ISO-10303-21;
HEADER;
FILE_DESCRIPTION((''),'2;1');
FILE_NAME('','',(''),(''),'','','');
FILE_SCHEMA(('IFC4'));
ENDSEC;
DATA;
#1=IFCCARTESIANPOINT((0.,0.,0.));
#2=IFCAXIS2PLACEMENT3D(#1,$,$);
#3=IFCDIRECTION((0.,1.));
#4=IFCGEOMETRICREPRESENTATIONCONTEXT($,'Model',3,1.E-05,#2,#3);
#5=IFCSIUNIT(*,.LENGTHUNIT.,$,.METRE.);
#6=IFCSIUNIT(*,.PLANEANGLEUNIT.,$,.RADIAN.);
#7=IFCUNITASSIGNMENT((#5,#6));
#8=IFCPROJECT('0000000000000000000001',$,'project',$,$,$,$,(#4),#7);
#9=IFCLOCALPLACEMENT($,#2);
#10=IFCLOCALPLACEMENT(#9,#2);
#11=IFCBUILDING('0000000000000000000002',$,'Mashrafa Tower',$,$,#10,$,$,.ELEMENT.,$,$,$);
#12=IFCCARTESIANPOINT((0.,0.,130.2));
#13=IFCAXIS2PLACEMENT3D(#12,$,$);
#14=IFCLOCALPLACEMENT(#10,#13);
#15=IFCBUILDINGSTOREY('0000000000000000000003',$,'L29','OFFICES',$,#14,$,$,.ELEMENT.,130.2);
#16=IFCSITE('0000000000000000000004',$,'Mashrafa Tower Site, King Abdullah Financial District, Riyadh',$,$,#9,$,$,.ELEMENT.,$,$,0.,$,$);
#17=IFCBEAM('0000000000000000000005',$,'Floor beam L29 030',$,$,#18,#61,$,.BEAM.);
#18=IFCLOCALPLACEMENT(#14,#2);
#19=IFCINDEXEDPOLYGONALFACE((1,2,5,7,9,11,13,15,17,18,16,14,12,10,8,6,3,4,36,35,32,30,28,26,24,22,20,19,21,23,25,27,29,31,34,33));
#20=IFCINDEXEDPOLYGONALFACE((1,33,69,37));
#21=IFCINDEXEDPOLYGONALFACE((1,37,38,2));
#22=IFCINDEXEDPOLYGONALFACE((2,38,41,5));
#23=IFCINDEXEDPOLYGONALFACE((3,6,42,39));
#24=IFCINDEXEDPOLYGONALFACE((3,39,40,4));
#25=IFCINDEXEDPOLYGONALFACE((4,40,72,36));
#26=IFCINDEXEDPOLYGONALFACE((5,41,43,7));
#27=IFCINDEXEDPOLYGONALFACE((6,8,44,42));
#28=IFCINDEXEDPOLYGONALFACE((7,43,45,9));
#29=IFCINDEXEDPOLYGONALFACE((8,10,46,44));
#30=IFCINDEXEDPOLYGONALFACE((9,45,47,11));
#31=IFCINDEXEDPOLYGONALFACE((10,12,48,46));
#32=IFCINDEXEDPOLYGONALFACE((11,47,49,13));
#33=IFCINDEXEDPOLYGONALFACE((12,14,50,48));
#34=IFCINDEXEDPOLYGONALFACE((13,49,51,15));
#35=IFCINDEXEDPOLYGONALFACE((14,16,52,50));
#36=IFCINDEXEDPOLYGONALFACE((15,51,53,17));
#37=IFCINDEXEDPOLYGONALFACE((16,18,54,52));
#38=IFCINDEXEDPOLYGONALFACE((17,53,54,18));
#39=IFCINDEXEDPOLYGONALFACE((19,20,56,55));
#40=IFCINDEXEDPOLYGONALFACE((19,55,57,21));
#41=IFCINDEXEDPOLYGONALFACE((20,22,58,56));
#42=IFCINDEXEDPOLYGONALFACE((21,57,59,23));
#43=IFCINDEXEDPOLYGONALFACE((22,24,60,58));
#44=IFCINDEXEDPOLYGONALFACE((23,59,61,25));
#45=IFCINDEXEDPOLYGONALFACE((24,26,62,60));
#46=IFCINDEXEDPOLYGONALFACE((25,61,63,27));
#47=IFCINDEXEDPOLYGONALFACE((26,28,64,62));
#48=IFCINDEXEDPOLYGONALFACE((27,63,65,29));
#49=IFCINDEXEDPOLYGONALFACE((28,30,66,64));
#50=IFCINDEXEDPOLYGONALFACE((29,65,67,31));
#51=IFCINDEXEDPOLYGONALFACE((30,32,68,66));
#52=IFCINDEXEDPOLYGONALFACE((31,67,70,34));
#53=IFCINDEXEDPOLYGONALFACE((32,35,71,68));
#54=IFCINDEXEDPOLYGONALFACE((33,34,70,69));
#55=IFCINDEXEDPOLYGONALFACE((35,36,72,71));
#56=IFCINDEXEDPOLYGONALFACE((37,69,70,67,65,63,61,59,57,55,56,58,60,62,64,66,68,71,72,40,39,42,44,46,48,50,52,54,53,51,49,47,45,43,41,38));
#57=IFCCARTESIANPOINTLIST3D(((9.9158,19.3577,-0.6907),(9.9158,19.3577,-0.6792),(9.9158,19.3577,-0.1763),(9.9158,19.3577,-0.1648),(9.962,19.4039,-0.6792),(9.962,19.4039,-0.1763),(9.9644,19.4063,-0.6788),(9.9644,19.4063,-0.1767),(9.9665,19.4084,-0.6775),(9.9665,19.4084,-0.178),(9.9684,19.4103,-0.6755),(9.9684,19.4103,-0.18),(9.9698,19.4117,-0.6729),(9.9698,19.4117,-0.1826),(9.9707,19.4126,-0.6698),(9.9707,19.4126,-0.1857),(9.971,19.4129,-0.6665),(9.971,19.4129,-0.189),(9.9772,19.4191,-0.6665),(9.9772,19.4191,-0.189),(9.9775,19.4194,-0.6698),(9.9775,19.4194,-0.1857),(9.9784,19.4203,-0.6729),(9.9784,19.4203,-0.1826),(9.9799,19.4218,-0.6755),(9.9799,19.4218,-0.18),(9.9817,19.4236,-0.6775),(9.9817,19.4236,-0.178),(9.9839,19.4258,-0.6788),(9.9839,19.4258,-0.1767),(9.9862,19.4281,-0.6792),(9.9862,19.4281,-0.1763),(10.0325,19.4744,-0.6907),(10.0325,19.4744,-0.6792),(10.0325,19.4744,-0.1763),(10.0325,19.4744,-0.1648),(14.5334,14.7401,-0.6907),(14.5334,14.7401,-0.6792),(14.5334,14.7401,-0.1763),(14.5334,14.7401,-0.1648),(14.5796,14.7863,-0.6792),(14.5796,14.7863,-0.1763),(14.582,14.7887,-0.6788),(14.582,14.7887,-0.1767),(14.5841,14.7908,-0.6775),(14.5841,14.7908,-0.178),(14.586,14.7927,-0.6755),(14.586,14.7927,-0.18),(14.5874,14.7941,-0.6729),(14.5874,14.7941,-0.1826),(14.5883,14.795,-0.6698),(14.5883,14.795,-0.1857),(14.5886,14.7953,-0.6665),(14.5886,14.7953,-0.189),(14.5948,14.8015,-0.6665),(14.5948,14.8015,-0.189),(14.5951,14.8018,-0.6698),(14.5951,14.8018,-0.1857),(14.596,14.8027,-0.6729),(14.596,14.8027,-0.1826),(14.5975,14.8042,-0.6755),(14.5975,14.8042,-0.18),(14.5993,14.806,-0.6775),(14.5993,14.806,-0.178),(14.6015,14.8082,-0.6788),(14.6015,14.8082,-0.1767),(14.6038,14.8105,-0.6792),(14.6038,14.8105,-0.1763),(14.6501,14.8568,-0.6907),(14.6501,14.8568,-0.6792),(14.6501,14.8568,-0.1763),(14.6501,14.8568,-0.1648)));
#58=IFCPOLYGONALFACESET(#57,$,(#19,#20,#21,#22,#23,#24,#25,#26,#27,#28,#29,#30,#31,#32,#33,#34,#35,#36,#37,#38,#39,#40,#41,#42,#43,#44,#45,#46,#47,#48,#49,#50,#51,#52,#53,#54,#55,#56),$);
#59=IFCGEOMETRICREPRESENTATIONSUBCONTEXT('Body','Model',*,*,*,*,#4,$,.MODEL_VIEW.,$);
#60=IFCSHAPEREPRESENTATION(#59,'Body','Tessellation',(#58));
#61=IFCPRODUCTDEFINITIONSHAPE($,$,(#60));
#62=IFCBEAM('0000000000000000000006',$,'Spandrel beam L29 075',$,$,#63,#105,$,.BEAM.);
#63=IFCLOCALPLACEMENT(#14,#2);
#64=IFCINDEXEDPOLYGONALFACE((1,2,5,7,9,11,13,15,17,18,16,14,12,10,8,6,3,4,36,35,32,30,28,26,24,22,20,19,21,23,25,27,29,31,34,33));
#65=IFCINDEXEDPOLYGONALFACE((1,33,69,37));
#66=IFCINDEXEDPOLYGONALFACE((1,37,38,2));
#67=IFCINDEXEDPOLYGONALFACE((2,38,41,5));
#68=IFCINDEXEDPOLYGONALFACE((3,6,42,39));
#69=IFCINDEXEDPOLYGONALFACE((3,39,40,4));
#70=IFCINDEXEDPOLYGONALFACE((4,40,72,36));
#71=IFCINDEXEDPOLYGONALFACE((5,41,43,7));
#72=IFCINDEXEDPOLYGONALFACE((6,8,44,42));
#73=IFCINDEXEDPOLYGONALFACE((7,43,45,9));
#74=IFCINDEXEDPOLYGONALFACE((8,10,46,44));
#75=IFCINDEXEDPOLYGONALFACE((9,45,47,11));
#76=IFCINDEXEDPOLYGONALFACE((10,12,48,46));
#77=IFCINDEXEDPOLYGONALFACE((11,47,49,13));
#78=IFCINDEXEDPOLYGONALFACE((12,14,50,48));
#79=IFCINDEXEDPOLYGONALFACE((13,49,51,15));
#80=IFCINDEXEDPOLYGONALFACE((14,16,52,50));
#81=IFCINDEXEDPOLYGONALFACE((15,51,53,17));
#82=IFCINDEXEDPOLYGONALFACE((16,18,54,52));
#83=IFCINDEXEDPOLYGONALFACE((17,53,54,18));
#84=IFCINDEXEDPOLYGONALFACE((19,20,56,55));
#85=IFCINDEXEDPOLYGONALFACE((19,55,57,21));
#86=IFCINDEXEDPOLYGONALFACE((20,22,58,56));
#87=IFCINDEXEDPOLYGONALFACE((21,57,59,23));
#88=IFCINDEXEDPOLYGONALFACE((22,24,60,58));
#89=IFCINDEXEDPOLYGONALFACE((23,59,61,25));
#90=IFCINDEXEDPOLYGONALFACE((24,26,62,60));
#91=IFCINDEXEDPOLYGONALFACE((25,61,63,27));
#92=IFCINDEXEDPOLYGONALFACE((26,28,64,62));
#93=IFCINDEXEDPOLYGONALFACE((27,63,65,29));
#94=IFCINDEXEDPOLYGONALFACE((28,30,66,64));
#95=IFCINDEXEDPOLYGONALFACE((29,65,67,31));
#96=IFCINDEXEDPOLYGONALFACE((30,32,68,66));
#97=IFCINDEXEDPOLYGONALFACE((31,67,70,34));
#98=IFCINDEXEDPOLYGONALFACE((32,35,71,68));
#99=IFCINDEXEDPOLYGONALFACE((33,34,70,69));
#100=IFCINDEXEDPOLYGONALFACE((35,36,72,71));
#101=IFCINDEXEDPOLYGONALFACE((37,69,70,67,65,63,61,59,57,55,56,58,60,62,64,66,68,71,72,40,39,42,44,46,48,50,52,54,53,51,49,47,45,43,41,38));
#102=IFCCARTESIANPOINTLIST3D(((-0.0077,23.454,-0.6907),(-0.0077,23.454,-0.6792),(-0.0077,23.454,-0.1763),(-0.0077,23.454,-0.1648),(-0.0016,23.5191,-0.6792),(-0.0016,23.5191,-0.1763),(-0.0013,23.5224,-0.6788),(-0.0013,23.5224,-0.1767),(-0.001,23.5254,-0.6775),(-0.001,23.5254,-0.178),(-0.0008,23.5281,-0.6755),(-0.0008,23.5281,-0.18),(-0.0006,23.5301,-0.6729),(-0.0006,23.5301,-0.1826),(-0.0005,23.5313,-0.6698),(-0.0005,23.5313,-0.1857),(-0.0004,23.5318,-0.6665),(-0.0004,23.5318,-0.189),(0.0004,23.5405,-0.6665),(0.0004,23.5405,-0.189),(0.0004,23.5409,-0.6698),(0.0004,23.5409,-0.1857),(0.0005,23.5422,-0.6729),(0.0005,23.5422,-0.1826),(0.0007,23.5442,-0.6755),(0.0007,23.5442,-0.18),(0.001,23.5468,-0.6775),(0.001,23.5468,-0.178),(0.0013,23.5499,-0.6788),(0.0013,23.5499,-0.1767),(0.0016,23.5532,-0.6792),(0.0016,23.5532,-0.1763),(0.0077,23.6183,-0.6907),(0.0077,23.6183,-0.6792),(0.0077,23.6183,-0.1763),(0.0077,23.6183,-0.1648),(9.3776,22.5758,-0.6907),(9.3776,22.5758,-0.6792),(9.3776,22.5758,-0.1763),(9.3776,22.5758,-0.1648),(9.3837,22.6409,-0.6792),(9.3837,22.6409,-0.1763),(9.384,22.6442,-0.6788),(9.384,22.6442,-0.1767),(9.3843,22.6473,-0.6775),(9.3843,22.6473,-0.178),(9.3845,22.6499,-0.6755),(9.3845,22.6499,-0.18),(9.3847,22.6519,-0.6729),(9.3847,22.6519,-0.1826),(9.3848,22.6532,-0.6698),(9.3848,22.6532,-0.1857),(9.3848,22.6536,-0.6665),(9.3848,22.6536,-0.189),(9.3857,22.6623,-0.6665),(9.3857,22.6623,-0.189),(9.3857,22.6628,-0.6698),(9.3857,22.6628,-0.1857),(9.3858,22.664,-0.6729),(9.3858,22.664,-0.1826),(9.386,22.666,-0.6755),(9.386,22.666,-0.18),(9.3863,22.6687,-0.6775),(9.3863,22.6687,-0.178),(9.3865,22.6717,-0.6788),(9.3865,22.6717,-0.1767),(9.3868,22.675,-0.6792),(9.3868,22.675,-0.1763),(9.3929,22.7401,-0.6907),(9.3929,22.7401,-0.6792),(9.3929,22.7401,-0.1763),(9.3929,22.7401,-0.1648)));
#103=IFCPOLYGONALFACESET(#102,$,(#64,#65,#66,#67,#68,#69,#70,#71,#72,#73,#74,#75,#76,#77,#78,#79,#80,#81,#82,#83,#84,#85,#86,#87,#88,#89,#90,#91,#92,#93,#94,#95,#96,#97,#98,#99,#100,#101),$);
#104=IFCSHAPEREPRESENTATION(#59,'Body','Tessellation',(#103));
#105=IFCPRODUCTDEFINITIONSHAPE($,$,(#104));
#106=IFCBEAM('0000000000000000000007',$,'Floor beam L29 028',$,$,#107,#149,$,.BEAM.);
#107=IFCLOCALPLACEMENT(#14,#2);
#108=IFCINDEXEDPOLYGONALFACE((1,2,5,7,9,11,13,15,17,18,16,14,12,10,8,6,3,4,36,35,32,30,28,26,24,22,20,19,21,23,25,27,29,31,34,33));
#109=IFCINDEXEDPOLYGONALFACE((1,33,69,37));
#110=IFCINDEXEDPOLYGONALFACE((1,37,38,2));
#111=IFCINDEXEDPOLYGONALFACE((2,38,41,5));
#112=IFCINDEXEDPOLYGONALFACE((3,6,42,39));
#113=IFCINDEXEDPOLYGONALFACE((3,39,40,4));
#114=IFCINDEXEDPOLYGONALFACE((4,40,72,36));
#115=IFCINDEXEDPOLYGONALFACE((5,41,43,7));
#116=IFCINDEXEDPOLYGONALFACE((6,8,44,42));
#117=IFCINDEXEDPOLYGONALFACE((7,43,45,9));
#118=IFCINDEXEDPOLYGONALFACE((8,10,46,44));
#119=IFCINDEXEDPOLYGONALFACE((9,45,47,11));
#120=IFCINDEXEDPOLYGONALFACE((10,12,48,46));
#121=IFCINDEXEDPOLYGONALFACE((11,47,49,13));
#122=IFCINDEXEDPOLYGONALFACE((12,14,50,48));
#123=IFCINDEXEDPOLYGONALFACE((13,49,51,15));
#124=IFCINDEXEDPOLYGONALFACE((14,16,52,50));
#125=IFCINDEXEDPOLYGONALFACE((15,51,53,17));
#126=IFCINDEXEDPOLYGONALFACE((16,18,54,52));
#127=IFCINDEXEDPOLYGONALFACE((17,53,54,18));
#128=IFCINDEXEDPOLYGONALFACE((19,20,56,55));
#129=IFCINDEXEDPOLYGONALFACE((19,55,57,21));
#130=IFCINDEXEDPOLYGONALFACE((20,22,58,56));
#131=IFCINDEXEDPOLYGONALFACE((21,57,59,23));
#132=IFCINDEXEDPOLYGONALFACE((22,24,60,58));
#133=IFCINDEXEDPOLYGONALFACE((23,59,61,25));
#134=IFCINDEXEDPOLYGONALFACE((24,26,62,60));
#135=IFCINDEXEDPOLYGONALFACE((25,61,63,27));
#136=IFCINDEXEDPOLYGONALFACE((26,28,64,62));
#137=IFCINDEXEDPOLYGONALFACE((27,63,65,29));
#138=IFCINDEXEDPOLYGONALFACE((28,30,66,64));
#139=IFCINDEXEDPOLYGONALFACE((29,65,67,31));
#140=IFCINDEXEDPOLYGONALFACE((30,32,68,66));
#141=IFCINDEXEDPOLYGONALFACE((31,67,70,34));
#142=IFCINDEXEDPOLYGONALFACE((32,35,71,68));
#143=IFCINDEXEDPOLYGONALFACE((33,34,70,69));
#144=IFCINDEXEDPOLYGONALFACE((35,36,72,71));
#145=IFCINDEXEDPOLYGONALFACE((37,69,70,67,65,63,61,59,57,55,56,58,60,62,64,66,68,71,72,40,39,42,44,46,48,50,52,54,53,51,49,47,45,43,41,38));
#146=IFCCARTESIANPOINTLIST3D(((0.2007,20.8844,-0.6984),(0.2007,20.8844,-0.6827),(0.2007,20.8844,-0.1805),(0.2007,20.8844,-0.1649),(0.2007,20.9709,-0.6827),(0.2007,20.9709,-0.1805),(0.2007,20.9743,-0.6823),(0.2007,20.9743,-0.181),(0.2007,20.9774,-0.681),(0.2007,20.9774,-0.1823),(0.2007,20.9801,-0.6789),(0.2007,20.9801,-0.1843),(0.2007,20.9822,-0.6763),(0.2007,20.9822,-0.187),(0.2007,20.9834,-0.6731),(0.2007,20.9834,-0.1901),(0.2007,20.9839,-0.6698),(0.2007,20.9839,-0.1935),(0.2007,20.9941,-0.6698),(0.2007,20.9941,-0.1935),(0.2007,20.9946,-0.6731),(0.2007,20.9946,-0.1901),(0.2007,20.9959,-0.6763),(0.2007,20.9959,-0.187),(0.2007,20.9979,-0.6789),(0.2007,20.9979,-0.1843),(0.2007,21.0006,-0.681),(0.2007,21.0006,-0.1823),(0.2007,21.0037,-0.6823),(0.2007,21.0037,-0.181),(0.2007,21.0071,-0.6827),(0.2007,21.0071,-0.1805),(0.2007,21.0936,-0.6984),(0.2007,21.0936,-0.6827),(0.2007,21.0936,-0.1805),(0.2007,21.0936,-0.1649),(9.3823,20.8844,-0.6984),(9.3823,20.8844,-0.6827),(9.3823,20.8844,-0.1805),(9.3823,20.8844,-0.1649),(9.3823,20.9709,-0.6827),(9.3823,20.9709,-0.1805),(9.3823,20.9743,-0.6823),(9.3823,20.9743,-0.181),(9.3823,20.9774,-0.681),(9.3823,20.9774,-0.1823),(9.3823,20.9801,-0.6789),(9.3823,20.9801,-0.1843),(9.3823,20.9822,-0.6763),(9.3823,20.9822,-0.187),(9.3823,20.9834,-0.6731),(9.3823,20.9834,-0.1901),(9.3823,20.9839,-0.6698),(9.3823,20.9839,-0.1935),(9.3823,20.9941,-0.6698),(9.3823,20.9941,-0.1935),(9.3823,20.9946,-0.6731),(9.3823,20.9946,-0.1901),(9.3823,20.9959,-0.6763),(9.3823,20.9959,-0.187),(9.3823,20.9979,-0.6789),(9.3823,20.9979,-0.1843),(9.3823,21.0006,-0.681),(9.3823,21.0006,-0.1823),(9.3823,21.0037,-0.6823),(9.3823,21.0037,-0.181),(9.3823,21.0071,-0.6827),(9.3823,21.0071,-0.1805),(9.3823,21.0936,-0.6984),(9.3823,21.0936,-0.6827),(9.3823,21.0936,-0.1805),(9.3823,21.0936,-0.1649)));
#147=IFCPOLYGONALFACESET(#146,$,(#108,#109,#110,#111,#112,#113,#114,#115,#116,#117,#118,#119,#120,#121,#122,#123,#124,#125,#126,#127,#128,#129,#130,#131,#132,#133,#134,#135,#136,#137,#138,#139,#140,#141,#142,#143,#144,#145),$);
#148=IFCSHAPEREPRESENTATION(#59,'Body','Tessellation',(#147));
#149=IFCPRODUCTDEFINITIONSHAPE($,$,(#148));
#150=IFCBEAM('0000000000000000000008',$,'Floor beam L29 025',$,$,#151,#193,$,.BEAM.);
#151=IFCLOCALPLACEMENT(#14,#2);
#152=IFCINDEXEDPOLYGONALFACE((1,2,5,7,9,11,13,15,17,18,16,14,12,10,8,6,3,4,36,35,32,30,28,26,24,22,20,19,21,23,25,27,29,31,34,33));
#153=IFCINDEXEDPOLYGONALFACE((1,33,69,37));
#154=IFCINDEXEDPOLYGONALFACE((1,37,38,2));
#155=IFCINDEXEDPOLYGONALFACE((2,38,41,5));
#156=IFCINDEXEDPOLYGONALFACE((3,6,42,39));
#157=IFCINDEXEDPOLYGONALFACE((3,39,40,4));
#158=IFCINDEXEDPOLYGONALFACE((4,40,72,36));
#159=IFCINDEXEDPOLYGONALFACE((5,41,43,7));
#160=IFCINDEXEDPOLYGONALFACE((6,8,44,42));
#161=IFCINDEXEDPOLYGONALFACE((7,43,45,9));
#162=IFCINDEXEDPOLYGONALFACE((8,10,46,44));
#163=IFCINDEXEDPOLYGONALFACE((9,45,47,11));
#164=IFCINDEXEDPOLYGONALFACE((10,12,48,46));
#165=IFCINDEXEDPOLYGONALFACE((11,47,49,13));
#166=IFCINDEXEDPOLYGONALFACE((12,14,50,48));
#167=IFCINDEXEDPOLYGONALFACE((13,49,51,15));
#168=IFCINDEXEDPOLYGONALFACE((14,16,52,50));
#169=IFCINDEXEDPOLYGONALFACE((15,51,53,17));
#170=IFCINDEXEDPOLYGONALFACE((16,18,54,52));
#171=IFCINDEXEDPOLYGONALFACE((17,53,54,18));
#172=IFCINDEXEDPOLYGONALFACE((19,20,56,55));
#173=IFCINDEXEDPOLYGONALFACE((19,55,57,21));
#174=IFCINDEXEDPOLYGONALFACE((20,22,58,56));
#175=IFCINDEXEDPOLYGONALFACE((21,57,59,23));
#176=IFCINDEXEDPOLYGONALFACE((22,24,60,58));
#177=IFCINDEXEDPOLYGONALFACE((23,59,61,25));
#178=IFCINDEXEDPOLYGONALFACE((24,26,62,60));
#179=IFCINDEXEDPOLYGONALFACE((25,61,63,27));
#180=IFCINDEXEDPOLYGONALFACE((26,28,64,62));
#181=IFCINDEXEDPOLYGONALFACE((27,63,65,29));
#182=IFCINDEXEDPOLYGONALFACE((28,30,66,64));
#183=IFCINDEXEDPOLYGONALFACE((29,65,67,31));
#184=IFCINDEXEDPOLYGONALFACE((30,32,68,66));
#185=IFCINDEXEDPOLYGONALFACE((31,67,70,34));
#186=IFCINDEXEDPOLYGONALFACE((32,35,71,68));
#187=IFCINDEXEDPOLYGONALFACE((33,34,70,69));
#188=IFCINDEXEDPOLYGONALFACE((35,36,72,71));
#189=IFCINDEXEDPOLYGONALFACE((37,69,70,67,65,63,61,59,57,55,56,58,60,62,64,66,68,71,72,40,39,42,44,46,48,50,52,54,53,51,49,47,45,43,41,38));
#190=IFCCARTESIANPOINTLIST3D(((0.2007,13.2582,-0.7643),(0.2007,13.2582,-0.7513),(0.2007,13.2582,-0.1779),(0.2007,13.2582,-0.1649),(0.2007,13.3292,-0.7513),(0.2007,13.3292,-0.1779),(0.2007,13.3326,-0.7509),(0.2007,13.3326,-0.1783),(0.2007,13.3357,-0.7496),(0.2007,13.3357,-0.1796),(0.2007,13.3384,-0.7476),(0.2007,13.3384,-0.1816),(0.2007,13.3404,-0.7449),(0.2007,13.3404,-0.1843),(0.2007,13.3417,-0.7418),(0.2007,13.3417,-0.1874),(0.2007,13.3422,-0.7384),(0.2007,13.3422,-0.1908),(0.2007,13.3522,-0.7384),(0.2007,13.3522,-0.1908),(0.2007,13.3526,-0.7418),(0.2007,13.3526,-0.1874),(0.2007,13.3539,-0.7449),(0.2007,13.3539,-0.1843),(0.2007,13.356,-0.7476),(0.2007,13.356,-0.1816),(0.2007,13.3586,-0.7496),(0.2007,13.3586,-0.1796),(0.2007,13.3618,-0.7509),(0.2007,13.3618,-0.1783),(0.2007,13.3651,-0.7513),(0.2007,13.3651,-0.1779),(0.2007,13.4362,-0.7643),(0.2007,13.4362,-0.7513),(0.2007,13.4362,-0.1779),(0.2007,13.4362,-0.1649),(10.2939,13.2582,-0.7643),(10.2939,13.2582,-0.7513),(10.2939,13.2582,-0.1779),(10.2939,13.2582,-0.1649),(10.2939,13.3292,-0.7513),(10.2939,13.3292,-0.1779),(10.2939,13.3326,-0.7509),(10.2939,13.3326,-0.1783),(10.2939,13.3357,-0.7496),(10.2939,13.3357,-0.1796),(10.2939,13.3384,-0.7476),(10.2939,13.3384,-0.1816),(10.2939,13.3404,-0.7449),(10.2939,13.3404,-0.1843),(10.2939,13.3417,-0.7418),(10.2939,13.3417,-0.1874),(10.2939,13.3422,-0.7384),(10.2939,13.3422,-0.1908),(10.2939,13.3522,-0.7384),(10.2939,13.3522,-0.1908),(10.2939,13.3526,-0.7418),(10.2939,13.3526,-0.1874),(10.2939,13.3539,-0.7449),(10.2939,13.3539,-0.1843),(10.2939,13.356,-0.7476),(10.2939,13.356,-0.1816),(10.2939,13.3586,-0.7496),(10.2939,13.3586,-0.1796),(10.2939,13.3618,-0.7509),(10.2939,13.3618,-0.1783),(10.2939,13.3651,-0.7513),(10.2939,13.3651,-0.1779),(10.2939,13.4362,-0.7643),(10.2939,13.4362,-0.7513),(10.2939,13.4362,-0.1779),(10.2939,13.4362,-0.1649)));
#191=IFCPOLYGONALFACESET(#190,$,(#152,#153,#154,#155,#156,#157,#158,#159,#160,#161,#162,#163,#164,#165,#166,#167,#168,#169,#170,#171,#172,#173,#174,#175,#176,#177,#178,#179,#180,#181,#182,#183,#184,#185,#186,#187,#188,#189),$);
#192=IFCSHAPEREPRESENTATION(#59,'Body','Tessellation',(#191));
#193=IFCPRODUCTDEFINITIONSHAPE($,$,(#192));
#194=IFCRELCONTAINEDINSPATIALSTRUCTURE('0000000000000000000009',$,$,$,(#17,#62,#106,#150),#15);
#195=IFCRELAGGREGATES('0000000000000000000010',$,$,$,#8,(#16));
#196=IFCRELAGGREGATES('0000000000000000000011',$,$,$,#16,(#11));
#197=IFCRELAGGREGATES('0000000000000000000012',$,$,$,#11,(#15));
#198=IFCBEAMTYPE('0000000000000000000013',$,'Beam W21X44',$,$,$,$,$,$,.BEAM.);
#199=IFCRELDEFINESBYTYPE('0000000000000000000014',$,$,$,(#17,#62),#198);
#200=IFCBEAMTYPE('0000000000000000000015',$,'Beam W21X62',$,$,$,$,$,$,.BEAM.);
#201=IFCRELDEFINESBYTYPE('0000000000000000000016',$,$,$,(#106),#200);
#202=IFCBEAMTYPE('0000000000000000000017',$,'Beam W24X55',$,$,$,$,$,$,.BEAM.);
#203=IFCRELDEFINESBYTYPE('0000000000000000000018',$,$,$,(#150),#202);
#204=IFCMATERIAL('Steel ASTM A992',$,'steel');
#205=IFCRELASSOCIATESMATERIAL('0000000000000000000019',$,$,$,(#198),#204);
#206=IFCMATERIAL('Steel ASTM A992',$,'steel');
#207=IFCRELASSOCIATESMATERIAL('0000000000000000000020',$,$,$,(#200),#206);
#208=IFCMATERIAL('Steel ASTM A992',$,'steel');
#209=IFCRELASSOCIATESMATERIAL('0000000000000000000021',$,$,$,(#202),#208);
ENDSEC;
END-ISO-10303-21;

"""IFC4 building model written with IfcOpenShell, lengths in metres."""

from ifc_helpers import new_model, si_unit, direction, frame, origin, origin_2d, place, context, subcontext, project, spatial, i_section, extrude, material, material_profile, profile_set, type_object, element, save


model = new_model("IFC4")

# Units and contexts
model_context = context("Model", 3, precision=1e-05, world=origin(), true_north=direction((0.0, 1.0)))
body_context = subcontext(model_context, "Body", "Model", "MODEL_VIEW")
ifc_project = project(units=[si_unit("LENGTHUNIT", "METRE"), si_unit("PLANEANGLEUNIT", "RADIAN")], contexts=[model_context])

# Site, building, storey
site_placement = place(None, origin())
site = spatial("IfcSite", under=ifc_project, at=site_placement, Name="Mashrafa Tower Site, King Abdullah Financial District, Riyadh", CompositionType="ELEMENT", RefElevation=0.0)
building_placement = place(site_placement, origin())
building = spatial("IfcBuilding", under=site, at=building_placement, Name="Mashrafa Tower", CompositionType="ELEMENT")
storey_placement = place(building_placement, frame((0.0, 0.0, 130.2)))
storey = spatial("IfcBuildingStorey", under=building, at=storey_placement, Name="L29", Description="OFFICES", CompositionType="ELEMENT", Elevation=130.2)

# Beams
ifc_material_1 = material(Name="Steel ASTM A992", Category="steel")
ifc_material_profile_1 = material_profile(ifc_material_1, i_section(OverallWidth=0.165, OverallDepth=0.5259, WebThickness=0.0088, FlangeThickness=0.0115, FilletRadius=0.0127, at=origin_2d()), Name="W21X44")
ifc_profile_set_1 = profile_set([ifc_material_profile_1], Name="Steel ASTM A992")
beam_type_1 = type_object("IfcBeamType", Name="Beam W21X44", PredefinedType="BEAM", material=ifc_profile_set_1)
beam_1_placement = place(storey_placement, frame((9.9741, 19.416, -0.4277), z_axis=(0.707107, -0.707107, 0.0), x_axis=(0.707107, 0.707107, 0.0)))
element("IfcBeam", 1, at=beam_1_placement, inside=storey, type_object=beam_type_1, Name="Floor beam L29 030", PredefinedType="BEAM", context=body_context, shape_type="SweptSolid", body=[
    extrude(i_section(OverallWidth=0.165, OverallDepth=0.5259, WebThickness=0.0088, FlangeThickness=0.0115, FilletRadius=0.0127, at=origin_2d()), origin(), (0.0, 0.0, 1.0), 6.5303),
])
beam_2_placement = place(storey_placement, frame((9.3853, 22.658, -0.4277), z_axis=(-0.995651, 0.093163, 0.0), x_axis=(-0.093163, -0.995651, 0.0)))
element("IfcBeam", 2, at=beam_2_placement, inside=storey, type_object=beam_type_1, Name="Spandrel beam L29 075", PredefinedType="BEAM", context=body_context, shape_type="SweptSolid", body=[
    extrude(i_section(OverallWidth=0.165, OverallDepth=0.5259, WebThickness=0.0088, FlangeThickness=0.0115, FilletRadius=0.0127, at=origin_2d()), origin(), (0.0, 0.0, 1.0), 9.4263),
])
ifc_material_2 = material(Name="Steel ASTM A992", Category="steel")
ifc_material_profile_2 = material_profile(ifc_material_2, i_section(OverallWidth=0.2092, OverallDepth=0.5334, WebThickness=0.0103, FlangeThickness=0.0156, FilletRadius=0.0129, at=origin_2d()), Name="W21X62")
ifc_profile_set_2 = profile_set([ifc_material_profile_2], Name="Steel ASTM A992")
beam_type_2 = type_object("IfcBeamType", Name="Beam W21X62", PredefinedType="BEAM", material=ifc_profile_set_2)
beam_3_placement = place(storey_placement, frame((0.2007, 20.989, -0.4316), z_axis=(1.0, 0.0, 0.0), x_axis=(0.0, 1.0, 0.0)))
element("IfcBeam", 3, at=beam_3_placement, inside=storey, type_object=beam_type_2, Name="Floor beam L29 028", PredefinedType="BEAM", context=body_context, shape_type="SweptSolid", body=[
    extrude(i_section(OverallWidth=0.2092, OverallDepth=0.5334, WebThickness=0.0103, FlangeThickness=0.0156, FilletRadius=0.0129, at=origin_2d()), origin(), (0.0, 0.0, 1.0), 9.1816),
])
ifc_material_3 = material(Name="Steel ASTM A992", Category="steel")
ifc_material_profile_3 = material_profile(ifc_material_3, i_section(OverallWidth=0.178, OverallDepth=0.5994, WebThickness=0.01, FlangeThickness=0.0129, FilletRadius=0.0129, at=origin_2d()), Name="W24X55")
ifc_profile_set_3 = profile_set([ifc_material_profile_3], Name="Steel ASTM A992")
beam_type_3 = type_object("IfcBeamType", Name="Beam W24X55", PredefinedType="BEAM", material=ifc_profile_set_3)
beam_4_placement = place(storey_placement, frame((0.2007, 13.3472, -0.4646), z_axis=(1.0, 0.0, 0.0), x_axis=(0.0, 1.0, 0.0)))
element("IfcBeam", 4, at=beam_4_placement, inside=storey, type_object=beam_type_3, Name="Floor beam L29 025", PredefinedType="BEAM", context=body_context, shape_type="SweptSolid", body=[
    extrude(i_section(OverallWidth=0.178, OverallDepth=0.5994, WebThickness=0.01, FlangeThickness=0.0129, FilletRadius=0.0129, at=origin_2d()), origin(), (0.0, 0.0, 1.0), 10.0933),
])

save(model, "model.ifc")
